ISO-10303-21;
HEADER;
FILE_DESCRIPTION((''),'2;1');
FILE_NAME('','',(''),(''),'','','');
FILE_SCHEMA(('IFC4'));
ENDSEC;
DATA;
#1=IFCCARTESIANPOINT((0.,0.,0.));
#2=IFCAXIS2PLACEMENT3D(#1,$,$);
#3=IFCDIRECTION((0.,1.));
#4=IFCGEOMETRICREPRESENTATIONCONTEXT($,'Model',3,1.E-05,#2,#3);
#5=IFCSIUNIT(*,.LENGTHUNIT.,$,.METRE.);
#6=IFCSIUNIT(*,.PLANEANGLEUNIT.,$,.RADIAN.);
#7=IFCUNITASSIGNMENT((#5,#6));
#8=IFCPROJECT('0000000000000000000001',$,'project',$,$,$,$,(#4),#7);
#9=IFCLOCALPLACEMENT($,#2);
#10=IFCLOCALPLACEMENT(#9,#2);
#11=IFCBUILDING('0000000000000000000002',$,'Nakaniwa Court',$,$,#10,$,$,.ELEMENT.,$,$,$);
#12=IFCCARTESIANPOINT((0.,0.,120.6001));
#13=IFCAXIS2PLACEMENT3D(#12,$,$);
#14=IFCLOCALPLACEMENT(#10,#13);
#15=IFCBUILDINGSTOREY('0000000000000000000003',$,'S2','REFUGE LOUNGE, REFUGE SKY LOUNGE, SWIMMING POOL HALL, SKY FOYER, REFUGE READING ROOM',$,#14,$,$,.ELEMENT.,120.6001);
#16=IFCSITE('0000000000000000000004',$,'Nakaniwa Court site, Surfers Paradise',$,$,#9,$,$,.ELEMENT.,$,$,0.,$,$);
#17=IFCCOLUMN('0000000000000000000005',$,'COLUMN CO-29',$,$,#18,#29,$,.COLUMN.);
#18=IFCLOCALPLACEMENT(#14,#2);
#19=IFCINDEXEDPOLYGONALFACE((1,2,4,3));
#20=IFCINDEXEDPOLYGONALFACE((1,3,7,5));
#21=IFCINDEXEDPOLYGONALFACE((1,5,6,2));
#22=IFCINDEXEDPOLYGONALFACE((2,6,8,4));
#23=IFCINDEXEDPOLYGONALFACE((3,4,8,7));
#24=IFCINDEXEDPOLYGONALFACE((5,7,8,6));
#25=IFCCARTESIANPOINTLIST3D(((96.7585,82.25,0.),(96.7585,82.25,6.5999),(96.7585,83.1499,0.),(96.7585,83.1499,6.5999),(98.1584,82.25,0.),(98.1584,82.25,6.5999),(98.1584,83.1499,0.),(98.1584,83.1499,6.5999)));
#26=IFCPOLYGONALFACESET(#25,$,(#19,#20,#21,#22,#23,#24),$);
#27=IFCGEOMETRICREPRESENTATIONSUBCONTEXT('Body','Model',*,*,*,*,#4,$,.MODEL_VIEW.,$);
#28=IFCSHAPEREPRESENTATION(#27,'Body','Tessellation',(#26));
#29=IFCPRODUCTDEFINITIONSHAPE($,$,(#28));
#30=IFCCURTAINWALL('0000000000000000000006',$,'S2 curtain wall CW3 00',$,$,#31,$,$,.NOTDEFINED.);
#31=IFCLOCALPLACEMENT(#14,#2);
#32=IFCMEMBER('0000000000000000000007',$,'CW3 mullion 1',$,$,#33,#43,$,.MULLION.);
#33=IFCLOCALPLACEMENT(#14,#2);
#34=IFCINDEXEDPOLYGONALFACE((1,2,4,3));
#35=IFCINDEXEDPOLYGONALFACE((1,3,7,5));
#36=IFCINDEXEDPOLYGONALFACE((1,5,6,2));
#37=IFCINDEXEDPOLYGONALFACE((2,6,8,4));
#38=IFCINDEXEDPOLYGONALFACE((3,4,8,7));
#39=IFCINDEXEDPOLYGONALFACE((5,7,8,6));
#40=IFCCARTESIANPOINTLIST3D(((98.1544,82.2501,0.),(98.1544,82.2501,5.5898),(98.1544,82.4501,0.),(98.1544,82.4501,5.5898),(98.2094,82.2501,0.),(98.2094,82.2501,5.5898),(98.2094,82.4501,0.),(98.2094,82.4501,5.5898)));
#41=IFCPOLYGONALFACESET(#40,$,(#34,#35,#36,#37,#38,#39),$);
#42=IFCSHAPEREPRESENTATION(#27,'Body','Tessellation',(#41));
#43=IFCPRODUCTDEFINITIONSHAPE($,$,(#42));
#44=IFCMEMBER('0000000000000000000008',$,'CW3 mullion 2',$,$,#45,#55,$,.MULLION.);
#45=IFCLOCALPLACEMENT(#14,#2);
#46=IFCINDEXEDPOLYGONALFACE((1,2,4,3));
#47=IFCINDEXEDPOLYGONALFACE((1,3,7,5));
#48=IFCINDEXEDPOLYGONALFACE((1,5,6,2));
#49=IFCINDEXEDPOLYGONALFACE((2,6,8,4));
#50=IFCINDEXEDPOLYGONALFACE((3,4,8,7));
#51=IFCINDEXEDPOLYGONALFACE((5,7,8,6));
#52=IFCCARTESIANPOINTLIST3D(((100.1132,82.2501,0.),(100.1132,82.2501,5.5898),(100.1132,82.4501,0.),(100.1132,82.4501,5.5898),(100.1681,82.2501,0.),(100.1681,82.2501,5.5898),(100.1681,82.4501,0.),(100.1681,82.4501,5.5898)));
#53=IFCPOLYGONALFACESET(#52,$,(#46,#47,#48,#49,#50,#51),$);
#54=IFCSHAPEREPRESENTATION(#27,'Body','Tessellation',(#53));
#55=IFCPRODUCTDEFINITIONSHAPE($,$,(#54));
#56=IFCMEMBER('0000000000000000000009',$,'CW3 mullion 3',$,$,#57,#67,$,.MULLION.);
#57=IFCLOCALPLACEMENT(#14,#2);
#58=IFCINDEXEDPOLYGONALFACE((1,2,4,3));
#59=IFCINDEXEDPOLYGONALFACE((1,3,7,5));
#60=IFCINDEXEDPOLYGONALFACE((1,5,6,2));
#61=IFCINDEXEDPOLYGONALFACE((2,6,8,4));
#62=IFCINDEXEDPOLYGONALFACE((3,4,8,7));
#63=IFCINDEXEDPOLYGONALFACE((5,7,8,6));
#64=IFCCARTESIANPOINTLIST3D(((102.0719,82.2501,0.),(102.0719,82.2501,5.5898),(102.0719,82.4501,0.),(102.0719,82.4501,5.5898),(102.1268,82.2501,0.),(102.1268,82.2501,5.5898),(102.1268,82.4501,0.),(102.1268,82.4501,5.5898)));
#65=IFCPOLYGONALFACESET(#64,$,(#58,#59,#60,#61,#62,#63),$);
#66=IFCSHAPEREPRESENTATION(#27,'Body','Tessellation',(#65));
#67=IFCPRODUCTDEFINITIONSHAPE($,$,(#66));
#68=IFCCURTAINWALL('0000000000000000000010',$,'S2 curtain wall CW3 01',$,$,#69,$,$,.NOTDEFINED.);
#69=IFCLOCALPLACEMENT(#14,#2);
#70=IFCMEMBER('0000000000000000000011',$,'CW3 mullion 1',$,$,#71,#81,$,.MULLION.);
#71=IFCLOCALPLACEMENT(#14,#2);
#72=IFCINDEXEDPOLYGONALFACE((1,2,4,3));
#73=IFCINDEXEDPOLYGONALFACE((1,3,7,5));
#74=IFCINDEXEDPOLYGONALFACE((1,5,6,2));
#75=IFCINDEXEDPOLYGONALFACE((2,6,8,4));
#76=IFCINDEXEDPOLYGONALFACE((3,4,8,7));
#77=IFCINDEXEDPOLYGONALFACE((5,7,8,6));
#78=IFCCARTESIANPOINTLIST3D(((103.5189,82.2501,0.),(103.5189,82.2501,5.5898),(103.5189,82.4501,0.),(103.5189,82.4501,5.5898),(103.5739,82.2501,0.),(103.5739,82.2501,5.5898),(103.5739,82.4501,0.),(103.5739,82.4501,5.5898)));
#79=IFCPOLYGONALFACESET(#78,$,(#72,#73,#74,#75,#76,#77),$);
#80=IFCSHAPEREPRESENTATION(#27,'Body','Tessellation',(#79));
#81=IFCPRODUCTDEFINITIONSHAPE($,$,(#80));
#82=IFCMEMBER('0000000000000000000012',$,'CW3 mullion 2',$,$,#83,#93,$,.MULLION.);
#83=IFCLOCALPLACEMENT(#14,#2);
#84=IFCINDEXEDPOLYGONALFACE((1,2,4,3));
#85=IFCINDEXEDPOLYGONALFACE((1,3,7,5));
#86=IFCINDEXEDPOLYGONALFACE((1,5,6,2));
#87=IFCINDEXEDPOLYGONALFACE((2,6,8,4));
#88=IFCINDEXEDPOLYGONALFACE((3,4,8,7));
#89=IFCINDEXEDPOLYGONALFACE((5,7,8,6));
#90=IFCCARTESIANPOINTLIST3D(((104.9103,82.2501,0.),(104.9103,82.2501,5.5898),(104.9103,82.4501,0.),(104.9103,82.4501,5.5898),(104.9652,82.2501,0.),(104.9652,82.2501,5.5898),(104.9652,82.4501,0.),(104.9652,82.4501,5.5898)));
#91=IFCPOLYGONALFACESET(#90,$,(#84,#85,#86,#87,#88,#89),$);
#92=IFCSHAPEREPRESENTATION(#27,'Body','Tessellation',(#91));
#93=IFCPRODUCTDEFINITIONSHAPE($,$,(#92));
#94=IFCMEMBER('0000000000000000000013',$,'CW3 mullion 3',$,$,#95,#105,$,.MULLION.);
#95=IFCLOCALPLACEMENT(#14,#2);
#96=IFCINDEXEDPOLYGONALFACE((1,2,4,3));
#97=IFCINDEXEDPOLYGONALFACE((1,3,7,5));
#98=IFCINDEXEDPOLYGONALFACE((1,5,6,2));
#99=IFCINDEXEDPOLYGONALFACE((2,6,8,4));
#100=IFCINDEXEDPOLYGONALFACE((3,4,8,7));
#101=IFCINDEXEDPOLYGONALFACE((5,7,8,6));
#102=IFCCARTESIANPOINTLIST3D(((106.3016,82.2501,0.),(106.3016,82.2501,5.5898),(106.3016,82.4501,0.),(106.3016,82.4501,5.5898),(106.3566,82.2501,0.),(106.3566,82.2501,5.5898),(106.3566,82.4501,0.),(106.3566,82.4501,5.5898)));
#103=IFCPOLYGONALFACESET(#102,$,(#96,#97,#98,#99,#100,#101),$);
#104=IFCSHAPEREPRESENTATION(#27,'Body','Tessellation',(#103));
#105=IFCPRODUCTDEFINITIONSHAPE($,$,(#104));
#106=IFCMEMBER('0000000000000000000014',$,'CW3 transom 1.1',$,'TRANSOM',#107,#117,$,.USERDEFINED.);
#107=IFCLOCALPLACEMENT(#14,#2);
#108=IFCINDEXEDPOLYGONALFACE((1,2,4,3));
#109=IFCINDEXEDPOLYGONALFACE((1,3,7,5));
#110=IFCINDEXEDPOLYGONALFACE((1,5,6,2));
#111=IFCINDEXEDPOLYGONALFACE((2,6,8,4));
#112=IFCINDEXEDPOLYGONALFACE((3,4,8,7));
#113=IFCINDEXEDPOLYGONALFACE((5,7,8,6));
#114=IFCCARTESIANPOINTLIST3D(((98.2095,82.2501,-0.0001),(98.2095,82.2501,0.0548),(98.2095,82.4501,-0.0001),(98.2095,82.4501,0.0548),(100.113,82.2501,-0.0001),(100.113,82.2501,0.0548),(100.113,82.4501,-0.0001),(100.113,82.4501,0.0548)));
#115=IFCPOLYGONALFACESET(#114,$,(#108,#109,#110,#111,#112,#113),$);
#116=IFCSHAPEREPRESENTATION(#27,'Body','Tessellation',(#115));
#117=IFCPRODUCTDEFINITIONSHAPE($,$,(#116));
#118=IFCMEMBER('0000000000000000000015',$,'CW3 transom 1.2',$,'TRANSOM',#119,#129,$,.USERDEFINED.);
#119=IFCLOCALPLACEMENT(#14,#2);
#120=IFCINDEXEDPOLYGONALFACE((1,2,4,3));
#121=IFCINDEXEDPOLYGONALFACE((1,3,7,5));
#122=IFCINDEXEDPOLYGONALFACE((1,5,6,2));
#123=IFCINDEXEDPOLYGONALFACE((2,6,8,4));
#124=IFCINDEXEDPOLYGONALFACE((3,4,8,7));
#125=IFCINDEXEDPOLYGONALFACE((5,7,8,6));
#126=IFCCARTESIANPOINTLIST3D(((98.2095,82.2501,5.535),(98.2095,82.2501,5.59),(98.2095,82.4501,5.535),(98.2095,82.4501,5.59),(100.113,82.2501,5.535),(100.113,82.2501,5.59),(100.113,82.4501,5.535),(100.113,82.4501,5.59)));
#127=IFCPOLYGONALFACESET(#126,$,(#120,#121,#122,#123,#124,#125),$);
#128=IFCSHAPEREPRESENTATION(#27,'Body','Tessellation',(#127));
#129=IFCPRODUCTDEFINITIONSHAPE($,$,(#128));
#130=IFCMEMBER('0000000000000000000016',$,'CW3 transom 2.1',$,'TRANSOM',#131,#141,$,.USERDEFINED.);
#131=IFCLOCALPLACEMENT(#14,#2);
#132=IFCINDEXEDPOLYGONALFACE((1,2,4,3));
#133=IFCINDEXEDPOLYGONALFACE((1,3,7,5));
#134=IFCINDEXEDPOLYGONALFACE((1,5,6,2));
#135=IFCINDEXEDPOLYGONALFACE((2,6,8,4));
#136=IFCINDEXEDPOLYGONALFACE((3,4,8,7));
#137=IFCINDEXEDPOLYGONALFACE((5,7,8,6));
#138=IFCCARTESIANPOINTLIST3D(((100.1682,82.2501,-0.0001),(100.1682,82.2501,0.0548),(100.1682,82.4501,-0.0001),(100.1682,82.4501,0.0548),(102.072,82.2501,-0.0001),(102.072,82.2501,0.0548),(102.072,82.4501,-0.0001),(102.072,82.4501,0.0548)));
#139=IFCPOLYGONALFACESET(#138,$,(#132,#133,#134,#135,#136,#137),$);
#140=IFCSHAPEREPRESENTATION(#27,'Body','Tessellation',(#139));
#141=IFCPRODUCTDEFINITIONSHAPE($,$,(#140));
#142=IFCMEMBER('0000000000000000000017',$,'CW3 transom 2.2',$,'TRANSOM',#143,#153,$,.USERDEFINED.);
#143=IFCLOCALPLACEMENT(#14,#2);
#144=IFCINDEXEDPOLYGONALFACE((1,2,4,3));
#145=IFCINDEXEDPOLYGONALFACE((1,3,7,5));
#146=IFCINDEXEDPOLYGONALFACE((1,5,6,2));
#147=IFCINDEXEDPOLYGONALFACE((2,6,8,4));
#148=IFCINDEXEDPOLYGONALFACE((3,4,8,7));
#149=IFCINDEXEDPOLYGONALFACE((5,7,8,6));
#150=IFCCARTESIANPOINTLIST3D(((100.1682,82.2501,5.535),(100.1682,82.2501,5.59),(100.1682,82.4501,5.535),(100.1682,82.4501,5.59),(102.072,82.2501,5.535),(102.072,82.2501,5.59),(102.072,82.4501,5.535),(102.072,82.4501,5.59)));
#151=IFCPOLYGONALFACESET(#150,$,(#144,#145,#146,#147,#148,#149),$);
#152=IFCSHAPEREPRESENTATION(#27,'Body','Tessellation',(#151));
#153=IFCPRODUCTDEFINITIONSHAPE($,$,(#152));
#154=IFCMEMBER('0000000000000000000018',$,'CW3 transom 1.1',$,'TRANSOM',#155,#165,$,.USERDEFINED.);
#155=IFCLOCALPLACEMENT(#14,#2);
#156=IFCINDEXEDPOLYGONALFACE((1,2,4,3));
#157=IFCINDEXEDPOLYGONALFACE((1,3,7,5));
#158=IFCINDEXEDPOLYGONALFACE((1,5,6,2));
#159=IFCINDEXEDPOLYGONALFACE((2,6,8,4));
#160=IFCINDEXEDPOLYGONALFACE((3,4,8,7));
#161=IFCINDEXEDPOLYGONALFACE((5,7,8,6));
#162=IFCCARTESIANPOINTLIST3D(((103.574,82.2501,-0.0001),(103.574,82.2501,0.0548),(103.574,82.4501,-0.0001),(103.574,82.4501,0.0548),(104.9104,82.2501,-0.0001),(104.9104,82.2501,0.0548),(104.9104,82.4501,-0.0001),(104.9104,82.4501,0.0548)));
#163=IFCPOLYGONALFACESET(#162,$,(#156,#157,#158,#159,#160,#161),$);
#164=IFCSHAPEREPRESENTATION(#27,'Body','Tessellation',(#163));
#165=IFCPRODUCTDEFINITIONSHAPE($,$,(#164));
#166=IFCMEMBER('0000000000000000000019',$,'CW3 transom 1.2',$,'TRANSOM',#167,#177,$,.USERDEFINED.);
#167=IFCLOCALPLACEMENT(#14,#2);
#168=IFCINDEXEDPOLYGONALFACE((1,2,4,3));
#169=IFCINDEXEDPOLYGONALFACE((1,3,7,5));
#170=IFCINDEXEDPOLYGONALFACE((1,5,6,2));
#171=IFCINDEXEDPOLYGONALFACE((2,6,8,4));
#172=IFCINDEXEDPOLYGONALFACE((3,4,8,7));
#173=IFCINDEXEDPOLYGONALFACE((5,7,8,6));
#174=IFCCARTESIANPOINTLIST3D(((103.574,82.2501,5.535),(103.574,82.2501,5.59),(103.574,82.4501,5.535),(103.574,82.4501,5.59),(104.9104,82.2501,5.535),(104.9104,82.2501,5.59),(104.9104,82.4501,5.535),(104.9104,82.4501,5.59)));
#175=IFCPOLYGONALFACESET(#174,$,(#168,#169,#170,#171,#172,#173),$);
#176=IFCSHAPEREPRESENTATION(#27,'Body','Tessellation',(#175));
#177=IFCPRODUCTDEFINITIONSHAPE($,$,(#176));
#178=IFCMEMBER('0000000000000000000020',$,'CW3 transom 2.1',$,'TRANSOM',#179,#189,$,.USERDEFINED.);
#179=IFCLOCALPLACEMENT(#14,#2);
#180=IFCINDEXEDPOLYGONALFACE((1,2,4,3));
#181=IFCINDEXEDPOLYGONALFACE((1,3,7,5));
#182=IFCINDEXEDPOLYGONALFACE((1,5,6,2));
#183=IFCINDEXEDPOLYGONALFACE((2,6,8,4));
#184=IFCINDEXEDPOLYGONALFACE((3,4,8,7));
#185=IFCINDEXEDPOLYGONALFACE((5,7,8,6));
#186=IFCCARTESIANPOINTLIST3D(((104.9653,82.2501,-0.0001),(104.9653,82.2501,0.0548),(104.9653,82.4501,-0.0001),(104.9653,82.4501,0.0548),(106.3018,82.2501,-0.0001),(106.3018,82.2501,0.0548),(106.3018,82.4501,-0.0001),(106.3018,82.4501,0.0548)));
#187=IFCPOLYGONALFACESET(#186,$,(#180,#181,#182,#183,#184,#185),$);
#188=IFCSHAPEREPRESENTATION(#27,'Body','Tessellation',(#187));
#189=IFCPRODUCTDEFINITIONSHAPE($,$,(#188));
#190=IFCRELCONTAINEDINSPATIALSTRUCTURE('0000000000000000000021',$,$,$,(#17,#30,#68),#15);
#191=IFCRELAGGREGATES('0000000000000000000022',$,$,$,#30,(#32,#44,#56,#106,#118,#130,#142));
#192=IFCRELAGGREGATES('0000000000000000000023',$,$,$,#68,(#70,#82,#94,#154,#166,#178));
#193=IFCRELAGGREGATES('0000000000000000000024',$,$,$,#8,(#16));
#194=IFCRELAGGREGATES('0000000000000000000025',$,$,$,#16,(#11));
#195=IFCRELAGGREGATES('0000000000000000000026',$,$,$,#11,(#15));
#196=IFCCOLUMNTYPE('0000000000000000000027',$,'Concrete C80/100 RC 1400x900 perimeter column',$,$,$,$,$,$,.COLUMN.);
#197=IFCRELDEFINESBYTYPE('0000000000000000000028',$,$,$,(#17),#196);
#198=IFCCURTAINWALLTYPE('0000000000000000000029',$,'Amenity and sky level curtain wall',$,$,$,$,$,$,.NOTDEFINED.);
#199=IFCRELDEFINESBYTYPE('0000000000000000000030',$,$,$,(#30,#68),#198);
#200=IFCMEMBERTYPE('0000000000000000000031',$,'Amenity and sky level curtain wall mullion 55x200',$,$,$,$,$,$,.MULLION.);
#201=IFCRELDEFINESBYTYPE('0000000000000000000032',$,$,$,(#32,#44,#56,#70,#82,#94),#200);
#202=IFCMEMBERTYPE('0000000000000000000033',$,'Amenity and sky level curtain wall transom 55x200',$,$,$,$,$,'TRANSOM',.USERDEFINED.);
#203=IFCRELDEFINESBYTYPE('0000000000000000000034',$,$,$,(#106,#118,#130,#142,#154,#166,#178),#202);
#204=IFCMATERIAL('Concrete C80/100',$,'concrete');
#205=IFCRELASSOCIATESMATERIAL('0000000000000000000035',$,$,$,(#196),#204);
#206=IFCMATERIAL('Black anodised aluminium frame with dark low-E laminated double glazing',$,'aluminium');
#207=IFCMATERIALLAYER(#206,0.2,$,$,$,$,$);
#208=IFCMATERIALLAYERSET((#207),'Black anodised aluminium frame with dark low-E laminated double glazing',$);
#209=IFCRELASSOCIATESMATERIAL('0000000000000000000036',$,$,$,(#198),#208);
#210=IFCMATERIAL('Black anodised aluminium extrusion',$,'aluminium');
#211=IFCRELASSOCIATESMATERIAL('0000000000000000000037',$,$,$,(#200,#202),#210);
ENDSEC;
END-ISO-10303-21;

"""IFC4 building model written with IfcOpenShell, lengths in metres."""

from ifc_helpers import new_model, si_unit, direction, frame, origin, origin_2d, place, context, subcontext, project, spatial, rectangle, extrude, material, layer, layer_set, material_profile, profile_set, type_object, element, aggregate, save


model = new_model("IFC4")

# Units and contexts
model_context = context("Model", 3, precision=1e-05, world=origin(), true_north=direction((0.0, 1.0)))
body_context = subcontext(model_context, "Body", "Model", "MODEL_VIEW")
ifc_project = project(units=[si_unit("LENGTHUNIT", "METRE"), si_unit("PLANEANGLEUNIT", "RADIAN")], contexts=[model_context])

# Site, building, storey
site_placement = place(None, origin())
site = spatial("IfcSite", under=ifc_project, at=site_placement, Name="Nakaniwa Court site, Surfers Paradise", CompositionType="ELEMENT", RefElevation=0.0)
building_placement = place(site_placement, origin())
building = spatial("IfcBuilding", under=site, at=building_placement, Name="Nakaniwa Court", CompositionType="ELEMENT")
storey_placement = place(building_placement, frame((0.0, 0.0, 120.6001)))
storey = spatial("IfcBuildingStorey", under=building, at=storey_placement, Name="S2", Description="REFUGE LOUNGE, REFUGE SKY LOUNGE, SWIMMING POOL HALL, SKY FOYER, REFUGE READING ROOM", CompositionType="ELEMENT", Elevation=120.6001)

# Column
ifc_material_1 = material(Name="Concrete C80/100", Category="concrete")
ifc_material_profile_1 = material_profile(ifc_material_1, rectangle(XDim=1.3999, YDim=0.8999, at=origin_2d()), Name="Concrete C80/100 RC 1400x900 perimeter column")
ifc_profile_set_1 = profile_set([ifc_material_profile_1], Name="Concrete C80/100")
column_type = type_object("IfcColumnType", Name="Concrete C80/100 RC 1400x900 perimeter column", PredefinedType="COLUMN", material=ifc_profile_set_1)
column_placement = place(storey_placement, frame((97.4585, 82.7, 0.0), z_axis=(0.0, 0.0, 1.0), x_axis=(1.0, 0.0, 0.0)))
element("IfcColumn", 1, at=column_placement, inside=storey, type_object=column_type, Name="COLUMN CO-29", PredefinedType="COLUMN", context=body_context, shape_type="SweptSolid", body=[
    extrude(rectangle(XDim=1.3999, YDim=0.8999, at=origin_2d()), origin(), (0.0, 0.0, 1.0), 6.5999),
])

# Curtain walls, members
ifc_material_2 = material(Name="Black anodised aluminium frame with dark low-E laminated double glazing", Category="aluminium")
ifc_layer_1 = layer(ifc_material_2, 0.2)
ifc_layer_set_1 = layer_set([ifc_layer_1], Name="Black anodised aluminium frame with dark low-E laminated double glazing")
curtain_wall_type = type_object("IfcCurtainWallType", Name="Amenity and sky level curtain wall", PredefinedType="NOTDEFINED", material=ifc_layer_set_1)
curtain_wall_1_placement = place(storey_placement, origin())
curtain_wall_1 = element("IfcCurtainWall", 2, at=curtain_wall_1_placement, inside=storey, type_object=curtain_wall_type, Name="S2 curtain wall CW3 00", PredefinedType="NOTDEFINED")
ifc_material_3 = material(Name="Black anodised aluminium extrusion", Category="aluminium")
ifc_material_profile_2 = material_profile(ifc_material_3, rectangle(XDim=0.2, YDim=0.0549, at=origin_2d()), Name="Amenity and sky level curtain wall mullion 55x200")
ifc_profile_set_2 = profile_set([ifc_material_profile_2], Name="Black anodised aluminium extrusion")
member_type_1 = type_object("IfcMemberType", Name="Amenity and sky level curtain wall mullion 55x200", PredefinedType="MULLION", material=ifc_profile_set_2)
member_1_placement = place(storey_placement, frame((98.1819, 82.3501, 0.0), z_axis=(0.0, 0.0, 1.0), x_axis=(0.0, 1.0, 0.0)))
member_1 = element("IfcMember", 3, at=member_1_placement, type_object=member_type_1, Name="CW3 mullion 1", PredefinedType="MULLION", context=body_context, shape_type="SweptSolid", body=[
    extrude(rectangle(XDim=0.2, YDim=0.0549, at=origin_2d()), origin(), (0.0, 0.0, 1.0), 5.5898),
])
member_2_placement = place(storey_placement, frame((100.1406, 82.3501, 0.0), z_axis=(0.0, 0.0, 1.0), x_axis=(0.0, 1.0, 0.0)))
member_2 = element("IfcMember", 4, at=member_2_placement, type_object=member_type_1, Name="CW3 mullion 2", PredefinedType="MULLION", context=body_context, shape_type="SweptSolid", body=[
    extrude(rectangle(XDim=0.2, YDim=0.0549, at=origin_2d()), origin(), (0.0, 0.0, 1.0), 5.5898),
])
member_3_placement = place(storey_placement, frame((102.0994, 82.3501, 0.0), z_axis=(0.0, 0.0, 1.0), x_axis=(0.0, 1.0, 0.0)))
member_3 = element("IfcMember", 5, at=member_3_placement, type_object=member_type_1, Name="CW3 mullion 3", PredefinedType="MULLION", context=body_context, shape_type="SweptSolid", body=[
    extrude(rectangle(XDim=0.2, YDim=0.0549, at=origin_2d()), origin(), (0.0, 0.0, 1.0), 5.5898),
])
curtain_wall_2_placement = place(storey_placement, origin())
curtain_wall_2 = element("IfcCurtainWall", 6, at=curtain_wall_2_placement, inside=storey, type_object=curtain_wall_type, Name="S2 curtain wall CW3 01", PredefinedType="NOTDEFINED")
member_4_placement = place(storey_placement, frame((103.5464, 82.3501, 0.0), z_axis=(0.0, 0.0, 1.0), x_axis=(0.0, 1.0, 0.0)))
member_4 = element("IfcMember", 7, at=member_4_placement, type_object=member_type_1, Name="CW3 mullion 1", PredefinedType="MULLION", context=body_context, shape_type="SweptSolid", body=[
    extrude(rectangle(XDim=0.2, YDim=0.0549, at=origin_2d()), origin(), (0.0, 0.0, 1.0), 5.5898),
])
member_5_placement = place(storey_placement, frame((104.9377, 82.3501, 0.0), z_axis=(0.0, 0.0, 1.0), x_axis=(0.0, 1.0, 0.0)))
member_5 = element("IfcMember", 8, at=member_5_placement, type_object=member_type_1, Name="CW3 mullion 2", PredefinedType="MULLION", context=body_context, shape_type="SweptSolid", body=[
    extrude(rectangle(XDim=0.2, YDim=0.0549, at=origin_2d()), origin(), (0.0, 0.0, 1.0), 5.5898),
])
member_6_placement = place(storey_placement, frame((106.3291, 82.3501, 0.0), z_axis=(0.0, 0.0, 1.0), x_axis=(0.0, 1.0, 0.0)))
member_6 = element("IfcMember", 9, at=member_6_placement, type_object=member_type_1, Name="CW3 mullion 3", PredefinedType="MULLION", context=body_context, shape_type="SweptSolid", body=[
    extrude(rectangle(XDim=0.2, YDim=0.0549, at=origin_2d()), origin(), (0.0, 0.0, 1.0), 5.5898),
])

# Members
ifc_material_profile_3 = material_profile(ifc_material_3, rectangle(XDim=0.2, YDim=0.0549, at=origin_2d()), Name="Amenity and sky level curtain wall transom 55x200")
ifc_profile_set_3 = profile_set([ifc_material_profile_3], Name="Black anodised aluminium extrusion")
member_type_2 = type_object("IfcMemberType", Name="Amenity and sky level curtain wall transom 55x200", ElementType="TRANSOM", PredefinedType="USERDEFINED", material=ifc_profile_set_3)
member_7_placement = place(storey_placement, frame((98.2095, 82.3501, 0.0273), z_axis=(1.0, 0.0, 0.0), x_axis=(0.0, 1.0, 0.0)))
member_7 = element("IfcMember", 10, at=member_7_placement, type_object=member_type_2, Name="CW3 transom 1.1", ObjectType="TRANSOM", PredefinedType="USERDEFINED", context=body_context, shape_type="SweptSolid", body=[
    extrude(rectangle(XDim=0.2, YDim=0.0549, at=origin_2d()), origin(), (0.0, 0.0, 1.0), 1.9036),
])
member_8_placement = place(storey_placement, frame((98.2095, 82.3501, 5.5625), z_axis=(1.0, 0.0, 0.0), x_axis=(0.0, 1.0, 0.0)))
member_8 = element("IfcMember", 11, at=member_8_placement, type_object=member_type_2, Name="CW3 transom 1.2", ObjectType="TRANSOM", PredefinedType="USERDEFINED", context=body_context, shape_type="SweptSolid", body=[
    extrude(rectangle(XDim=0.2, YDim=0.0549, at=origin_2d()), origin(), (0.0, 0.0, 1.0), 1.9036),
])
member_9_placement = place(storey_placement, frame((100.1682, 82.3501, 0.0273), z_axis=(1.0, 0.0, 0.0), x_axis=(0.0, 1.0, 0.0)))
member_9 = element("IfcMember", 12, at=member_9_placement, type_object=member_type_2, Name="CW3 transom 2.1", ObjectType="TRANSOM", PredefinedType="USERDEFINED", context=body_context, shape_type="SweptSolid", body=[
    extrude(rectangle(XDim=0.2, YDim=0.0549, at=origin_2d()), origin(), (0.0, 0.0, 1.0), 1.9038),
])
member_10_placement = place(storey_placement, frame((100.1682, 82.3501, 5.5625), z_axis=(1.0, 0.0, 0.0), x_axis=(0.0, 1.0, 0.0)))
member_10 = element("IfcMember", 13, at=member_10_placement, type_object=member_type_2, Name="CW3 transom 2.2", ObjectType="TRANSOM", PredefinedType="USERDEFINED", context=body_context, shape_type="SweptSolid", body=[
    extrude(rectangle(XDim=0.2, YDim=0.0549, at=origin_2d()), origin(), (0.0, 0.0, 1.0), 1.9038),
])
member_11_placement = place(storey_placement, frame((103.574, 82.3501, 0.0273), z_axis=(1.0, 0.0, 0.0), x_axis=(0.0, 1.0, 0.0)))
member_11 = element("IfcMember", 14, at=member_11_placement, type_object=member_type_2, Name="CW3 transom 1.1", ObjectType="TRANSOM", PredefinedType="USERDEFINED", context=body_context, shape_type="SweptSolid", body=[
    extrude(rectangle(XDim=0.2, YDim=0.0549, at=origin_2d()), origin(), (0.0, 0.0, 1.0), 1.3364),
])
member_12_placement = place(storey_placement, frame((103.574, 82.3501, 5.5625), z_axis=(1.0, 0.0, 0.0), x_axis=(0.0, 1.0, 0.0)))
member_12 = element("IfcMember", 15, at=member_12_placement, type_object=member_type_2, Name="CW3 transom 1.2", ObjectType="TRANSOM", PredefinedType="USERDEFINED", context=body_context, shape_type="SweptSolid", body=[
    extrude(rectangle(XDim=0.2, YDim=0.0549, at=origin_2d()), origin(), (0.0, 0.0, 1.0), 1.3364),
])
member_13_placement = place(storey_placement, frame((104.9653, 82.3501, 0.0273), z_axis=(1.0, 0.0, 0.0), x_axis=(0.0, 1.0, 0.0)))
member_13 = element("IfcMember", 16, at=member_13_placement, type_object=member_type_2, Name="CW3 transom 2.1", ObjectType="TRANSOM", PredefinedType="USERDEFINED", context=body_context, shape_type="SweptSolid", body=[
    extrude(rectangle(XDim=0.2, YDim=0.0549, at=origin_2d()), origin(), (0.0, 0.0, 1.0), 1.3364),
])

aggregate(curtain_wall_1, [member_1, member_2, member_3, member_7, member_8, member_9, member_10])
aggregate(curtain_wall_2, [member_4, member_5, member_6, member_11, member_12, member_13])

save(model, "model.ifc")
